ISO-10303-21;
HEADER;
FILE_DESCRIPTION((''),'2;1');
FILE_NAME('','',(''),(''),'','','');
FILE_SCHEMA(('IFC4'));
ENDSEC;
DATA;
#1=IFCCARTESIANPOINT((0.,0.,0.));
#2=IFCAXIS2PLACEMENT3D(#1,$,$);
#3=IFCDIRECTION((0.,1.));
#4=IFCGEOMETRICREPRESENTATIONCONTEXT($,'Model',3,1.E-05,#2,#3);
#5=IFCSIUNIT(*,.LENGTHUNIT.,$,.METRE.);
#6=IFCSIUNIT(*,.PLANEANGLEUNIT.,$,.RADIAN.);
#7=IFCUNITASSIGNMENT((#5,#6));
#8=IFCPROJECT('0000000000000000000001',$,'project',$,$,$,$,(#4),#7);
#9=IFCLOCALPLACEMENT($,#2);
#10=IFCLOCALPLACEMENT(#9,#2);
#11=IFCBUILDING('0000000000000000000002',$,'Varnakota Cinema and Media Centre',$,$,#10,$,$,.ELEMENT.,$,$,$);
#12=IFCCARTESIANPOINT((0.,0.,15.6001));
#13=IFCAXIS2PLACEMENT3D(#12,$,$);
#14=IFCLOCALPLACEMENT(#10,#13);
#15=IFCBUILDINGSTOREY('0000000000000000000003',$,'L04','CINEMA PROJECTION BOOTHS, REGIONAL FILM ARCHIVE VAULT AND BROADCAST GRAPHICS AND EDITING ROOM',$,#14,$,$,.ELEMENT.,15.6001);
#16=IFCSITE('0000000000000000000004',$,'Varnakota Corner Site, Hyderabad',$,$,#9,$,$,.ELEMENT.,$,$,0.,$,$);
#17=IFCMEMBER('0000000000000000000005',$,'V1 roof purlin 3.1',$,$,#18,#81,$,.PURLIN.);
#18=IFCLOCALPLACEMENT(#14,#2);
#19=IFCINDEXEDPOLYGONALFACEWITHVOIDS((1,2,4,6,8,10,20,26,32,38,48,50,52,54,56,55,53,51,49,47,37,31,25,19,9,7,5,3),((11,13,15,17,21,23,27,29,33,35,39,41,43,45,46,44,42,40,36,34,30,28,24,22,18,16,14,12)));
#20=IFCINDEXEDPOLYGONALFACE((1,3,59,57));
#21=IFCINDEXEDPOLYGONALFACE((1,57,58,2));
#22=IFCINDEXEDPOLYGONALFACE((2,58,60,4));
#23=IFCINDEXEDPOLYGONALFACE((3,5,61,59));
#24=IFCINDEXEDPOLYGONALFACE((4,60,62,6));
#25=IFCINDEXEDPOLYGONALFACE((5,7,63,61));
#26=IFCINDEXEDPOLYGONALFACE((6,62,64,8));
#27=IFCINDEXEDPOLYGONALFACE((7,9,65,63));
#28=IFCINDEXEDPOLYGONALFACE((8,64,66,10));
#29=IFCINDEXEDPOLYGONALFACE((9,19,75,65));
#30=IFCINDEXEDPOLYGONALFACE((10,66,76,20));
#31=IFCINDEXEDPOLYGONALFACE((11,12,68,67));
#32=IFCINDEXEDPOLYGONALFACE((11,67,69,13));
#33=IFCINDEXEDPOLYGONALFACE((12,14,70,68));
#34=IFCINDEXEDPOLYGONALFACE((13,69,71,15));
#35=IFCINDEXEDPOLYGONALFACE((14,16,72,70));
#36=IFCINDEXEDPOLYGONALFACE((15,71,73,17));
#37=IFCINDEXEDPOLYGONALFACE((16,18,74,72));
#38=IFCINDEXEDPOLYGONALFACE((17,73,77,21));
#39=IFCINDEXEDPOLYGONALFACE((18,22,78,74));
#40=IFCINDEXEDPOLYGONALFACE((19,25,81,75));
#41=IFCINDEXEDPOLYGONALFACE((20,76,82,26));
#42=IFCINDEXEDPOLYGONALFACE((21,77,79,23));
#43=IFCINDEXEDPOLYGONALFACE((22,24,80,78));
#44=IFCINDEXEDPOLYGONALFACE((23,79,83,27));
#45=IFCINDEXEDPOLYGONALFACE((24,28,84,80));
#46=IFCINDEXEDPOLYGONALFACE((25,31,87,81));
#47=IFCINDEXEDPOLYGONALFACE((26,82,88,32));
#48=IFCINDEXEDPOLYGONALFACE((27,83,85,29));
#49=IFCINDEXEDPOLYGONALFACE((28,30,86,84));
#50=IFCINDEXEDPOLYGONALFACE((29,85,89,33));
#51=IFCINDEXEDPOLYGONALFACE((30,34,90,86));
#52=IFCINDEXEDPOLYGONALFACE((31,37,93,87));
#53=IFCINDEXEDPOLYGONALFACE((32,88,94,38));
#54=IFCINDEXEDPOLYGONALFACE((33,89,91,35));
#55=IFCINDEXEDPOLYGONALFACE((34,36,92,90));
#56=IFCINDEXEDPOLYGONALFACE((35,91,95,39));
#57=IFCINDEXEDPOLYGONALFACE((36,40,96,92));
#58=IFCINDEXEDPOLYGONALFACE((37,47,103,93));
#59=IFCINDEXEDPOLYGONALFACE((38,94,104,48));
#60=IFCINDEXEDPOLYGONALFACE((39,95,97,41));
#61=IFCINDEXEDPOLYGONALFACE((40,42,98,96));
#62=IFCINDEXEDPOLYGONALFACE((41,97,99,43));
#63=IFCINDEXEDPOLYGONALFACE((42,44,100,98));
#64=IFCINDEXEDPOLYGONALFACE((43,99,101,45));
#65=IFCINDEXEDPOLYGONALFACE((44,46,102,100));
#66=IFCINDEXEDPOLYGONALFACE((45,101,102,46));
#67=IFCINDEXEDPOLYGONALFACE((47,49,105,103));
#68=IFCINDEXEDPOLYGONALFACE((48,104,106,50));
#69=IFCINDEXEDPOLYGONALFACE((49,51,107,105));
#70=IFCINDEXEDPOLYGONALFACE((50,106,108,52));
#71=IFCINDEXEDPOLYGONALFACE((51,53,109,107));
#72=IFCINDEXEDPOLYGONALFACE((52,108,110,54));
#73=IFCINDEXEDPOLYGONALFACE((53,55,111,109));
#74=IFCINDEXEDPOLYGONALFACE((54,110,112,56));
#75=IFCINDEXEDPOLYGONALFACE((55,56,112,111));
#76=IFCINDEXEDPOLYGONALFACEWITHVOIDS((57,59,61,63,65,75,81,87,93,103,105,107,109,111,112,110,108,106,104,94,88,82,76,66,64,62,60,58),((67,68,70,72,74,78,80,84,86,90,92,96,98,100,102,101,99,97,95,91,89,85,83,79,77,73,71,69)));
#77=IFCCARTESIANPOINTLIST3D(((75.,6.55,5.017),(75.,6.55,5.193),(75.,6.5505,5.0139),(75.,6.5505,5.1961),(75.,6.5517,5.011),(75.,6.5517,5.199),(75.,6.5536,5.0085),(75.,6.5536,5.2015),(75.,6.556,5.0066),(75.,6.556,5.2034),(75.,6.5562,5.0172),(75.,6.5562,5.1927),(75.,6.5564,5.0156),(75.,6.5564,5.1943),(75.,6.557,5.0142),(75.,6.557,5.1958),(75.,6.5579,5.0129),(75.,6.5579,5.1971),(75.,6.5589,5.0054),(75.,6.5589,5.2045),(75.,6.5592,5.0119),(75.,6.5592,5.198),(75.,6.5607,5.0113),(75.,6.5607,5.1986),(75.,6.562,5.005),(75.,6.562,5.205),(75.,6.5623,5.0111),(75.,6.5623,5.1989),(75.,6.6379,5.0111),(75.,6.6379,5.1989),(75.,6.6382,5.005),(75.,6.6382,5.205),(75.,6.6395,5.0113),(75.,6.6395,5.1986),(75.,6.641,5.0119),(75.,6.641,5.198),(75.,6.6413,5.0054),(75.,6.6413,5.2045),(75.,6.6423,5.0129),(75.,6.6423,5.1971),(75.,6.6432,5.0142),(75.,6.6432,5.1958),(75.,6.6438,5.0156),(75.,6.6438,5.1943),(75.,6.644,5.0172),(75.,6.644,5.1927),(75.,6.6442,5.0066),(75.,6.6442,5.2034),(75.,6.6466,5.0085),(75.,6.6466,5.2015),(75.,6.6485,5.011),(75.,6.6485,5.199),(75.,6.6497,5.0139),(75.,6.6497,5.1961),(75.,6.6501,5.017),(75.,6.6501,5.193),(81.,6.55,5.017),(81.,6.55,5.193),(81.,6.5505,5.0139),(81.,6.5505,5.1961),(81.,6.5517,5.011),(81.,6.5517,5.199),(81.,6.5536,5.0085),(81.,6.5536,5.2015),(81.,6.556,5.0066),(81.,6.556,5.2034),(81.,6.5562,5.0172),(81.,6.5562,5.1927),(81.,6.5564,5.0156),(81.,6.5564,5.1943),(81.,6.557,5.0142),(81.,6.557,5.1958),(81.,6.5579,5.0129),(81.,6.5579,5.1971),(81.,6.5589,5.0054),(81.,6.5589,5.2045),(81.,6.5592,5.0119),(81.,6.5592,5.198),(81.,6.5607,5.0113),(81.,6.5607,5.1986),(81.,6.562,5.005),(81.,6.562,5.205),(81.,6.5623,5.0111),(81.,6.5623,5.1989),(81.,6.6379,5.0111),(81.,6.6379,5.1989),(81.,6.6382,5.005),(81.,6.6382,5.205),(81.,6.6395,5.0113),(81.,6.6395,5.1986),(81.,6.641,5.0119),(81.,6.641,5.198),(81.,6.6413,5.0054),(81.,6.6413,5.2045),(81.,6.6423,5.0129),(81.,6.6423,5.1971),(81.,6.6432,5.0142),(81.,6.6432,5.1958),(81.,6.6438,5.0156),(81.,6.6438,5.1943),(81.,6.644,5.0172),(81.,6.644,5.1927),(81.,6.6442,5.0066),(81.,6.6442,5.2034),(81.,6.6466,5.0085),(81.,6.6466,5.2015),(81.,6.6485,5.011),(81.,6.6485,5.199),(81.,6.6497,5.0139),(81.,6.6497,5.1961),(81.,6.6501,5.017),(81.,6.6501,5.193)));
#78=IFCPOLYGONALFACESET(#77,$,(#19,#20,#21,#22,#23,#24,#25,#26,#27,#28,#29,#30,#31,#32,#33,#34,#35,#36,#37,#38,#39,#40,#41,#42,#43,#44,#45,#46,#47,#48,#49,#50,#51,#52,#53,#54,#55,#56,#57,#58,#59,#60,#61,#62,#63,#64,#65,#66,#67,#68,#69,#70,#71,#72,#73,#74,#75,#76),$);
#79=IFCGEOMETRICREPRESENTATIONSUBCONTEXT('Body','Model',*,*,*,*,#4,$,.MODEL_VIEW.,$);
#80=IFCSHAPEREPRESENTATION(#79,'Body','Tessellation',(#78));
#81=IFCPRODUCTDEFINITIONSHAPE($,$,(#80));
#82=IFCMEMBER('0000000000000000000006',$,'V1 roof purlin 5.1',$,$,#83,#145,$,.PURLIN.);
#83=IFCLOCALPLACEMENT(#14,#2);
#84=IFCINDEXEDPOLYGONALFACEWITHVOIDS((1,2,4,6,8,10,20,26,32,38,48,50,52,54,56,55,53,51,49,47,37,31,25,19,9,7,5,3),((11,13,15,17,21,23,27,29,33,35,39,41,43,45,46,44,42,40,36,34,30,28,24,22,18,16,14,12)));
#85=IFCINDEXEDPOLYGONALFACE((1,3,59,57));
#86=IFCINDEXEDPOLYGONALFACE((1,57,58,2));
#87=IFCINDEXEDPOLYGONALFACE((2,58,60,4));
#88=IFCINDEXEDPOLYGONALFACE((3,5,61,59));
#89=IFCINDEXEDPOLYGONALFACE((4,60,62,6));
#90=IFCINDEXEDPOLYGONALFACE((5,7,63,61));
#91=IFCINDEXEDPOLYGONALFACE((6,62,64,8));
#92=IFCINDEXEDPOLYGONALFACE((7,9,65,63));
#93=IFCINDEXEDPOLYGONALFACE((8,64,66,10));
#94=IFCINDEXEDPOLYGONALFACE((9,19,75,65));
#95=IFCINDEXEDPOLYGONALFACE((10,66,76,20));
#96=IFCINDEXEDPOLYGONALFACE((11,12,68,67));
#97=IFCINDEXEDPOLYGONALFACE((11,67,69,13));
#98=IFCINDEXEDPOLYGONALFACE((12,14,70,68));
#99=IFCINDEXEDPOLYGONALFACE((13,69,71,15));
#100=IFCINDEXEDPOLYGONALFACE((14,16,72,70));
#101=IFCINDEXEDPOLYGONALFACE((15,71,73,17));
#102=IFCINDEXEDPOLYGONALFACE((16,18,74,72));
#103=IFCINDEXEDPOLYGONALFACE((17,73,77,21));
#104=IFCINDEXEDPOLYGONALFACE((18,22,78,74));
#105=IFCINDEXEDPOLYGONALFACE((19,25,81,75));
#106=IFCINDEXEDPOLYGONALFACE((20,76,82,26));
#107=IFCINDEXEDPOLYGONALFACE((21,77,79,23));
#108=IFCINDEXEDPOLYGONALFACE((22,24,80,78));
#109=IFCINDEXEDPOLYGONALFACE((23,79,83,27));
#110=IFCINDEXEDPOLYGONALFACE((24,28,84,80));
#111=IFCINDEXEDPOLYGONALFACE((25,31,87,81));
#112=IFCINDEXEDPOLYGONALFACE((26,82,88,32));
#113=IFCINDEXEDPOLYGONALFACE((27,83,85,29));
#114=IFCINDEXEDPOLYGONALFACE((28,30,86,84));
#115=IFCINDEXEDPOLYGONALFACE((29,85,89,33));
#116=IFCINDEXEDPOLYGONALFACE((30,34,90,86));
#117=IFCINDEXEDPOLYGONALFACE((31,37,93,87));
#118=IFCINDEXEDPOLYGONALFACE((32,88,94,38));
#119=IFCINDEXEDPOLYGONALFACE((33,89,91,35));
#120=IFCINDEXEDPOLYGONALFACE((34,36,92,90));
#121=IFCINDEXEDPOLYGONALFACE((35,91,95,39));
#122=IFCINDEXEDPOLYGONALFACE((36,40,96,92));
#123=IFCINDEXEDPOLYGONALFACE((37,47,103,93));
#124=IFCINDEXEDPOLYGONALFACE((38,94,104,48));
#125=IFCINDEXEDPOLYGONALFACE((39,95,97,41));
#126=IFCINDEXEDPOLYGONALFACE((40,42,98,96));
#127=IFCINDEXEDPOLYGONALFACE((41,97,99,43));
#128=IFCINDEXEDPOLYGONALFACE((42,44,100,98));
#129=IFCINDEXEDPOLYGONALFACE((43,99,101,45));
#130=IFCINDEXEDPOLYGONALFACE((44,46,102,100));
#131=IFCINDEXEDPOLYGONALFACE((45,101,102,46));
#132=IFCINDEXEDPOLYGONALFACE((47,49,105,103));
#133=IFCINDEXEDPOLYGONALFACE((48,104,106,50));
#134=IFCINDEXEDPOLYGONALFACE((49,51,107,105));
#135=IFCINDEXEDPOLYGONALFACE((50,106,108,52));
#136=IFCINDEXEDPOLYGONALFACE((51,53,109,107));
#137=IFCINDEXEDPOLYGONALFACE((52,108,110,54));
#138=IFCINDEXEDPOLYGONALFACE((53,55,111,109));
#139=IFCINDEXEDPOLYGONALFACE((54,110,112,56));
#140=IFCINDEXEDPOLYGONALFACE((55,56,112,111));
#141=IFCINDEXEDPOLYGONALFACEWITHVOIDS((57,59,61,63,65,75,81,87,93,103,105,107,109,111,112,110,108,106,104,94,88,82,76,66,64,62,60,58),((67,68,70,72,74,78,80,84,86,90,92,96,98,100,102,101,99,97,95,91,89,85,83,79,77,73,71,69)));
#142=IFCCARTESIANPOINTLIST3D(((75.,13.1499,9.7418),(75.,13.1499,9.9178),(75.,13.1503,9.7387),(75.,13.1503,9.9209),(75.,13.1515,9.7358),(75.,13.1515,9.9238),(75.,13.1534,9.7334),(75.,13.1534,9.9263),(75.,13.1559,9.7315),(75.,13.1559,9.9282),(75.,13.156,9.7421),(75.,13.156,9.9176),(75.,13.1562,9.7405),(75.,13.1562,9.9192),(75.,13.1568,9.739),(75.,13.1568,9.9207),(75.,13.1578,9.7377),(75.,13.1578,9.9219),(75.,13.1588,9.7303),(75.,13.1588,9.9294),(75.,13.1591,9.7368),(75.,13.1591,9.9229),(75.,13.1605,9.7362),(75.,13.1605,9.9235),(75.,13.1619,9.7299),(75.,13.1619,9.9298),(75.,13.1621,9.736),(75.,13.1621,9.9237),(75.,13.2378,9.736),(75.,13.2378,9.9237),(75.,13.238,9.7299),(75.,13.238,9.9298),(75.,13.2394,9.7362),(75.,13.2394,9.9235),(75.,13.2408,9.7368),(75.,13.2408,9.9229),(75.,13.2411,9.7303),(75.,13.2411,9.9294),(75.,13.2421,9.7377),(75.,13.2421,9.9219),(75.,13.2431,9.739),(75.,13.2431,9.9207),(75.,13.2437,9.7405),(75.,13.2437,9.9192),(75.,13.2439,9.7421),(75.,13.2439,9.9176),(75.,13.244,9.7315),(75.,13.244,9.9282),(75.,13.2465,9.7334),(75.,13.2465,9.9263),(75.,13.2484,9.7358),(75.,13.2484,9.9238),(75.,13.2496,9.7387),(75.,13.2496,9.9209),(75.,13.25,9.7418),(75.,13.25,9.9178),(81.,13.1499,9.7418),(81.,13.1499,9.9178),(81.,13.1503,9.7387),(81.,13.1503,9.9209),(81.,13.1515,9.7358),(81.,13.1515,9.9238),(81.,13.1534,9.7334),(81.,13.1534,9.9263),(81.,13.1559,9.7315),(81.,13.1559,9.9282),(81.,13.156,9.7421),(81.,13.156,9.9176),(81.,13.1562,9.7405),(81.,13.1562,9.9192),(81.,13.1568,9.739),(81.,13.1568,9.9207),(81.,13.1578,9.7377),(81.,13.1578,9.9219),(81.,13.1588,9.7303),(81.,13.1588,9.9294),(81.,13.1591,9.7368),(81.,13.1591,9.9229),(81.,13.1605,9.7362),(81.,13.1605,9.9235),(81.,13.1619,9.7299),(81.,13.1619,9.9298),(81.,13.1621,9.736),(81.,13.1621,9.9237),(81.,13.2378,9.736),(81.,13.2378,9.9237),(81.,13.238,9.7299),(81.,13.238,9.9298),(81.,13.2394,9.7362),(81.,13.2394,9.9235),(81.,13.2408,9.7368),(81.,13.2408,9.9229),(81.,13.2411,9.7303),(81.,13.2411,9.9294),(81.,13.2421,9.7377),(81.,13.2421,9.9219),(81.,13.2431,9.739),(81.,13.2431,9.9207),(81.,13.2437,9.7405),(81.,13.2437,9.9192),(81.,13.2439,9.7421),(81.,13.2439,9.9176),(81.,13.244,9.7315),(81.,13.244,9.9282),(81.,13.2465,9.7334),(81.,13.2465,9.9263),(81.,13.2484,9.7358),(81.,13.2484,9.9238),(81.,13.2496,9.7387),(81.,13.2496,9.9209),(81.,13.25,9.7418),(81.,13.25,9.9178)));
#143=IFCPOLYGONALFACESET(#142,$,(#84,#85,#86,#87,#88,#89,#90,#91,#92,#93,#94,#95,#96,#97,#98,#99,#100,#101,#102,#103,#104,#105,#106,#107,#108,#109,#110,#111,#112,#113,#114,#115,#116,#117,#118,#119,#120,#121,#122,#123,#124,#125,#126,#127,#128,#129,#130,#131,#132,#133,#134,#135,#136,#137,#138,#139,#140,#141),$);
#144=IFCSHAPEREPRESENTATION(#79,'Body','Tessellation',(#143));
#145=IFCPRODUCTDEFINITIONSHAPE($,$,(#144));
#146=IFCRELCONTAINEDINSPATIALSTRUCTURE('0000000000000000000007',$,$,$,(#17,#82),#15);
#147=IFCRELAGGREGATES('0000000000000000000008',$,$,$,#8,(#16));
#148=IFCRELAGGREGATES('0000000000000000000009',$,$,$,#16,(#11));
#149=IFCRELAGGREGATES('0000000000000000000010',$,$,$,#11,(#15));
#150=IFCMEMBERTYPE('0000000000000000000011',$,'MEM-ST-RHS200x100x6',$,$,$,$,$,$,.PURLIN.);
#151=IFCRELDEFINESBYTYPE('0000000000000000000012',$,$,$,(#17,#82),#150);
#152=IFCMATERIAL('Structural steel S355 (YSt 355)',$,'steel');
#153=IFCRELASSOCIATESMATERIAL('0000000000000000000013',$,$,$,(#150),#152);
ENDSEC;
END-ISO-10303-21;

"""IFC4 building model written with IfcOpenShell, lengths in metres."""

from ifc_helpers import new_model, si_unit, direction, frame, origin, origin_2d, place, context, subcontext, project, spatial, hollow_rectangle, extrude, material, material_profile, profile_set, type_object, element, save


model = new_model("IFC4")

# Units and contexts
model_context = context("Model", 3, precision=1e-05, world=origin(), true_north=direction((0.0, 1.0)))
body_context = subcontext(model_context, "Body", "Model", "MODEL_VIEW")
ifc_project = project(units=[si_unit("LENGTHUNIT", "METRE"), si_unit("PLANEANGLEUNIT", "RADIAN")], contexts=[model_context])

# Site, building, storey
site_placement = place(None, origin())
site = spatial("IfcSite", under=ifc_project, at=site_placement, Name="Varnakota Corner Site, Hyderabad", CompositionType="ELEMENT", RefElevation=0.0)
building_placement = place(site_placement, origin())
building = spatial("IfcBuilding", under=site, at=building_placement, Name="Varnakota Cinema and Media Centre", CompositionType="ELEMENT")
storey_placement = place(building_placement, frame((0.0, 0.0, 15.6001)))
storey = spatial("IfcBuildingStorey", under=building, at=storey_placement, Name="L04", Description="CINEMA PROJECTION BOOTHS, REGIONAL FILM ARCHIVE VAULT AND BROADCAST GRAPHICS AND EDITING ROOM", CompositionType="ELEMENT", Elevation=15.6001)

# Members
ifc_material_1 = material(Name="Structural steel S355 (YSt 355)", Category="steel")
ifc_material_profile_1 = material_profile(ifc_material_1, hollow_rectangle(XDim=0.1001, YDim=0.2, WallThickness=0.0061, InnerFilletRadius=0.0061, OuterFilletRadius=0.012, at=origin_2d()), Name="RHS 200x100x6")
ifc_profile_set_1 = profile_set([ifc_material_profile_1], Name="Structural steel S355 (YSt 355)")
member_type_1 = type_object("IfcMemberType", Name="MEM-ST-RHS200x100x6", PredefinedType="PURLIN", material=ifc_profile_set_1)
for number, where, z_axis, x_axis, name in (
    (1, (75.0, 6.6001, 5.105), (1.0, 0.0, 0.0), (0.0, 1.0, 0.0), "V1 roof purlin 3.1"),
    (2, (75.0, 13.2, 9.8298), (1.0, 0.0, 0.0), (0.0, 1.0, 0.0), "V1 roof purlin 5.1"),
):
    element("IfcMember", number, at=place(storey_placement, frame(where, z_axis=z_axis, x_axis=x_axis)), inside=storey, type_object=member_type_1, Name=name, PredefinedType="PURLIN", context=body_context, shape_type="SweptSolid", body=[
        extrude(hollow_rectangle(XDim=0.1001, YDim=0.2, WallThickness=0.0061, InnerFilletRadius=0.0061, OuterFilletRadius=0.012, at=origin_2d()), origin(), (0.0, 0.0, 1.0), 6.0),
    ])

save(model, "model.ifc")
